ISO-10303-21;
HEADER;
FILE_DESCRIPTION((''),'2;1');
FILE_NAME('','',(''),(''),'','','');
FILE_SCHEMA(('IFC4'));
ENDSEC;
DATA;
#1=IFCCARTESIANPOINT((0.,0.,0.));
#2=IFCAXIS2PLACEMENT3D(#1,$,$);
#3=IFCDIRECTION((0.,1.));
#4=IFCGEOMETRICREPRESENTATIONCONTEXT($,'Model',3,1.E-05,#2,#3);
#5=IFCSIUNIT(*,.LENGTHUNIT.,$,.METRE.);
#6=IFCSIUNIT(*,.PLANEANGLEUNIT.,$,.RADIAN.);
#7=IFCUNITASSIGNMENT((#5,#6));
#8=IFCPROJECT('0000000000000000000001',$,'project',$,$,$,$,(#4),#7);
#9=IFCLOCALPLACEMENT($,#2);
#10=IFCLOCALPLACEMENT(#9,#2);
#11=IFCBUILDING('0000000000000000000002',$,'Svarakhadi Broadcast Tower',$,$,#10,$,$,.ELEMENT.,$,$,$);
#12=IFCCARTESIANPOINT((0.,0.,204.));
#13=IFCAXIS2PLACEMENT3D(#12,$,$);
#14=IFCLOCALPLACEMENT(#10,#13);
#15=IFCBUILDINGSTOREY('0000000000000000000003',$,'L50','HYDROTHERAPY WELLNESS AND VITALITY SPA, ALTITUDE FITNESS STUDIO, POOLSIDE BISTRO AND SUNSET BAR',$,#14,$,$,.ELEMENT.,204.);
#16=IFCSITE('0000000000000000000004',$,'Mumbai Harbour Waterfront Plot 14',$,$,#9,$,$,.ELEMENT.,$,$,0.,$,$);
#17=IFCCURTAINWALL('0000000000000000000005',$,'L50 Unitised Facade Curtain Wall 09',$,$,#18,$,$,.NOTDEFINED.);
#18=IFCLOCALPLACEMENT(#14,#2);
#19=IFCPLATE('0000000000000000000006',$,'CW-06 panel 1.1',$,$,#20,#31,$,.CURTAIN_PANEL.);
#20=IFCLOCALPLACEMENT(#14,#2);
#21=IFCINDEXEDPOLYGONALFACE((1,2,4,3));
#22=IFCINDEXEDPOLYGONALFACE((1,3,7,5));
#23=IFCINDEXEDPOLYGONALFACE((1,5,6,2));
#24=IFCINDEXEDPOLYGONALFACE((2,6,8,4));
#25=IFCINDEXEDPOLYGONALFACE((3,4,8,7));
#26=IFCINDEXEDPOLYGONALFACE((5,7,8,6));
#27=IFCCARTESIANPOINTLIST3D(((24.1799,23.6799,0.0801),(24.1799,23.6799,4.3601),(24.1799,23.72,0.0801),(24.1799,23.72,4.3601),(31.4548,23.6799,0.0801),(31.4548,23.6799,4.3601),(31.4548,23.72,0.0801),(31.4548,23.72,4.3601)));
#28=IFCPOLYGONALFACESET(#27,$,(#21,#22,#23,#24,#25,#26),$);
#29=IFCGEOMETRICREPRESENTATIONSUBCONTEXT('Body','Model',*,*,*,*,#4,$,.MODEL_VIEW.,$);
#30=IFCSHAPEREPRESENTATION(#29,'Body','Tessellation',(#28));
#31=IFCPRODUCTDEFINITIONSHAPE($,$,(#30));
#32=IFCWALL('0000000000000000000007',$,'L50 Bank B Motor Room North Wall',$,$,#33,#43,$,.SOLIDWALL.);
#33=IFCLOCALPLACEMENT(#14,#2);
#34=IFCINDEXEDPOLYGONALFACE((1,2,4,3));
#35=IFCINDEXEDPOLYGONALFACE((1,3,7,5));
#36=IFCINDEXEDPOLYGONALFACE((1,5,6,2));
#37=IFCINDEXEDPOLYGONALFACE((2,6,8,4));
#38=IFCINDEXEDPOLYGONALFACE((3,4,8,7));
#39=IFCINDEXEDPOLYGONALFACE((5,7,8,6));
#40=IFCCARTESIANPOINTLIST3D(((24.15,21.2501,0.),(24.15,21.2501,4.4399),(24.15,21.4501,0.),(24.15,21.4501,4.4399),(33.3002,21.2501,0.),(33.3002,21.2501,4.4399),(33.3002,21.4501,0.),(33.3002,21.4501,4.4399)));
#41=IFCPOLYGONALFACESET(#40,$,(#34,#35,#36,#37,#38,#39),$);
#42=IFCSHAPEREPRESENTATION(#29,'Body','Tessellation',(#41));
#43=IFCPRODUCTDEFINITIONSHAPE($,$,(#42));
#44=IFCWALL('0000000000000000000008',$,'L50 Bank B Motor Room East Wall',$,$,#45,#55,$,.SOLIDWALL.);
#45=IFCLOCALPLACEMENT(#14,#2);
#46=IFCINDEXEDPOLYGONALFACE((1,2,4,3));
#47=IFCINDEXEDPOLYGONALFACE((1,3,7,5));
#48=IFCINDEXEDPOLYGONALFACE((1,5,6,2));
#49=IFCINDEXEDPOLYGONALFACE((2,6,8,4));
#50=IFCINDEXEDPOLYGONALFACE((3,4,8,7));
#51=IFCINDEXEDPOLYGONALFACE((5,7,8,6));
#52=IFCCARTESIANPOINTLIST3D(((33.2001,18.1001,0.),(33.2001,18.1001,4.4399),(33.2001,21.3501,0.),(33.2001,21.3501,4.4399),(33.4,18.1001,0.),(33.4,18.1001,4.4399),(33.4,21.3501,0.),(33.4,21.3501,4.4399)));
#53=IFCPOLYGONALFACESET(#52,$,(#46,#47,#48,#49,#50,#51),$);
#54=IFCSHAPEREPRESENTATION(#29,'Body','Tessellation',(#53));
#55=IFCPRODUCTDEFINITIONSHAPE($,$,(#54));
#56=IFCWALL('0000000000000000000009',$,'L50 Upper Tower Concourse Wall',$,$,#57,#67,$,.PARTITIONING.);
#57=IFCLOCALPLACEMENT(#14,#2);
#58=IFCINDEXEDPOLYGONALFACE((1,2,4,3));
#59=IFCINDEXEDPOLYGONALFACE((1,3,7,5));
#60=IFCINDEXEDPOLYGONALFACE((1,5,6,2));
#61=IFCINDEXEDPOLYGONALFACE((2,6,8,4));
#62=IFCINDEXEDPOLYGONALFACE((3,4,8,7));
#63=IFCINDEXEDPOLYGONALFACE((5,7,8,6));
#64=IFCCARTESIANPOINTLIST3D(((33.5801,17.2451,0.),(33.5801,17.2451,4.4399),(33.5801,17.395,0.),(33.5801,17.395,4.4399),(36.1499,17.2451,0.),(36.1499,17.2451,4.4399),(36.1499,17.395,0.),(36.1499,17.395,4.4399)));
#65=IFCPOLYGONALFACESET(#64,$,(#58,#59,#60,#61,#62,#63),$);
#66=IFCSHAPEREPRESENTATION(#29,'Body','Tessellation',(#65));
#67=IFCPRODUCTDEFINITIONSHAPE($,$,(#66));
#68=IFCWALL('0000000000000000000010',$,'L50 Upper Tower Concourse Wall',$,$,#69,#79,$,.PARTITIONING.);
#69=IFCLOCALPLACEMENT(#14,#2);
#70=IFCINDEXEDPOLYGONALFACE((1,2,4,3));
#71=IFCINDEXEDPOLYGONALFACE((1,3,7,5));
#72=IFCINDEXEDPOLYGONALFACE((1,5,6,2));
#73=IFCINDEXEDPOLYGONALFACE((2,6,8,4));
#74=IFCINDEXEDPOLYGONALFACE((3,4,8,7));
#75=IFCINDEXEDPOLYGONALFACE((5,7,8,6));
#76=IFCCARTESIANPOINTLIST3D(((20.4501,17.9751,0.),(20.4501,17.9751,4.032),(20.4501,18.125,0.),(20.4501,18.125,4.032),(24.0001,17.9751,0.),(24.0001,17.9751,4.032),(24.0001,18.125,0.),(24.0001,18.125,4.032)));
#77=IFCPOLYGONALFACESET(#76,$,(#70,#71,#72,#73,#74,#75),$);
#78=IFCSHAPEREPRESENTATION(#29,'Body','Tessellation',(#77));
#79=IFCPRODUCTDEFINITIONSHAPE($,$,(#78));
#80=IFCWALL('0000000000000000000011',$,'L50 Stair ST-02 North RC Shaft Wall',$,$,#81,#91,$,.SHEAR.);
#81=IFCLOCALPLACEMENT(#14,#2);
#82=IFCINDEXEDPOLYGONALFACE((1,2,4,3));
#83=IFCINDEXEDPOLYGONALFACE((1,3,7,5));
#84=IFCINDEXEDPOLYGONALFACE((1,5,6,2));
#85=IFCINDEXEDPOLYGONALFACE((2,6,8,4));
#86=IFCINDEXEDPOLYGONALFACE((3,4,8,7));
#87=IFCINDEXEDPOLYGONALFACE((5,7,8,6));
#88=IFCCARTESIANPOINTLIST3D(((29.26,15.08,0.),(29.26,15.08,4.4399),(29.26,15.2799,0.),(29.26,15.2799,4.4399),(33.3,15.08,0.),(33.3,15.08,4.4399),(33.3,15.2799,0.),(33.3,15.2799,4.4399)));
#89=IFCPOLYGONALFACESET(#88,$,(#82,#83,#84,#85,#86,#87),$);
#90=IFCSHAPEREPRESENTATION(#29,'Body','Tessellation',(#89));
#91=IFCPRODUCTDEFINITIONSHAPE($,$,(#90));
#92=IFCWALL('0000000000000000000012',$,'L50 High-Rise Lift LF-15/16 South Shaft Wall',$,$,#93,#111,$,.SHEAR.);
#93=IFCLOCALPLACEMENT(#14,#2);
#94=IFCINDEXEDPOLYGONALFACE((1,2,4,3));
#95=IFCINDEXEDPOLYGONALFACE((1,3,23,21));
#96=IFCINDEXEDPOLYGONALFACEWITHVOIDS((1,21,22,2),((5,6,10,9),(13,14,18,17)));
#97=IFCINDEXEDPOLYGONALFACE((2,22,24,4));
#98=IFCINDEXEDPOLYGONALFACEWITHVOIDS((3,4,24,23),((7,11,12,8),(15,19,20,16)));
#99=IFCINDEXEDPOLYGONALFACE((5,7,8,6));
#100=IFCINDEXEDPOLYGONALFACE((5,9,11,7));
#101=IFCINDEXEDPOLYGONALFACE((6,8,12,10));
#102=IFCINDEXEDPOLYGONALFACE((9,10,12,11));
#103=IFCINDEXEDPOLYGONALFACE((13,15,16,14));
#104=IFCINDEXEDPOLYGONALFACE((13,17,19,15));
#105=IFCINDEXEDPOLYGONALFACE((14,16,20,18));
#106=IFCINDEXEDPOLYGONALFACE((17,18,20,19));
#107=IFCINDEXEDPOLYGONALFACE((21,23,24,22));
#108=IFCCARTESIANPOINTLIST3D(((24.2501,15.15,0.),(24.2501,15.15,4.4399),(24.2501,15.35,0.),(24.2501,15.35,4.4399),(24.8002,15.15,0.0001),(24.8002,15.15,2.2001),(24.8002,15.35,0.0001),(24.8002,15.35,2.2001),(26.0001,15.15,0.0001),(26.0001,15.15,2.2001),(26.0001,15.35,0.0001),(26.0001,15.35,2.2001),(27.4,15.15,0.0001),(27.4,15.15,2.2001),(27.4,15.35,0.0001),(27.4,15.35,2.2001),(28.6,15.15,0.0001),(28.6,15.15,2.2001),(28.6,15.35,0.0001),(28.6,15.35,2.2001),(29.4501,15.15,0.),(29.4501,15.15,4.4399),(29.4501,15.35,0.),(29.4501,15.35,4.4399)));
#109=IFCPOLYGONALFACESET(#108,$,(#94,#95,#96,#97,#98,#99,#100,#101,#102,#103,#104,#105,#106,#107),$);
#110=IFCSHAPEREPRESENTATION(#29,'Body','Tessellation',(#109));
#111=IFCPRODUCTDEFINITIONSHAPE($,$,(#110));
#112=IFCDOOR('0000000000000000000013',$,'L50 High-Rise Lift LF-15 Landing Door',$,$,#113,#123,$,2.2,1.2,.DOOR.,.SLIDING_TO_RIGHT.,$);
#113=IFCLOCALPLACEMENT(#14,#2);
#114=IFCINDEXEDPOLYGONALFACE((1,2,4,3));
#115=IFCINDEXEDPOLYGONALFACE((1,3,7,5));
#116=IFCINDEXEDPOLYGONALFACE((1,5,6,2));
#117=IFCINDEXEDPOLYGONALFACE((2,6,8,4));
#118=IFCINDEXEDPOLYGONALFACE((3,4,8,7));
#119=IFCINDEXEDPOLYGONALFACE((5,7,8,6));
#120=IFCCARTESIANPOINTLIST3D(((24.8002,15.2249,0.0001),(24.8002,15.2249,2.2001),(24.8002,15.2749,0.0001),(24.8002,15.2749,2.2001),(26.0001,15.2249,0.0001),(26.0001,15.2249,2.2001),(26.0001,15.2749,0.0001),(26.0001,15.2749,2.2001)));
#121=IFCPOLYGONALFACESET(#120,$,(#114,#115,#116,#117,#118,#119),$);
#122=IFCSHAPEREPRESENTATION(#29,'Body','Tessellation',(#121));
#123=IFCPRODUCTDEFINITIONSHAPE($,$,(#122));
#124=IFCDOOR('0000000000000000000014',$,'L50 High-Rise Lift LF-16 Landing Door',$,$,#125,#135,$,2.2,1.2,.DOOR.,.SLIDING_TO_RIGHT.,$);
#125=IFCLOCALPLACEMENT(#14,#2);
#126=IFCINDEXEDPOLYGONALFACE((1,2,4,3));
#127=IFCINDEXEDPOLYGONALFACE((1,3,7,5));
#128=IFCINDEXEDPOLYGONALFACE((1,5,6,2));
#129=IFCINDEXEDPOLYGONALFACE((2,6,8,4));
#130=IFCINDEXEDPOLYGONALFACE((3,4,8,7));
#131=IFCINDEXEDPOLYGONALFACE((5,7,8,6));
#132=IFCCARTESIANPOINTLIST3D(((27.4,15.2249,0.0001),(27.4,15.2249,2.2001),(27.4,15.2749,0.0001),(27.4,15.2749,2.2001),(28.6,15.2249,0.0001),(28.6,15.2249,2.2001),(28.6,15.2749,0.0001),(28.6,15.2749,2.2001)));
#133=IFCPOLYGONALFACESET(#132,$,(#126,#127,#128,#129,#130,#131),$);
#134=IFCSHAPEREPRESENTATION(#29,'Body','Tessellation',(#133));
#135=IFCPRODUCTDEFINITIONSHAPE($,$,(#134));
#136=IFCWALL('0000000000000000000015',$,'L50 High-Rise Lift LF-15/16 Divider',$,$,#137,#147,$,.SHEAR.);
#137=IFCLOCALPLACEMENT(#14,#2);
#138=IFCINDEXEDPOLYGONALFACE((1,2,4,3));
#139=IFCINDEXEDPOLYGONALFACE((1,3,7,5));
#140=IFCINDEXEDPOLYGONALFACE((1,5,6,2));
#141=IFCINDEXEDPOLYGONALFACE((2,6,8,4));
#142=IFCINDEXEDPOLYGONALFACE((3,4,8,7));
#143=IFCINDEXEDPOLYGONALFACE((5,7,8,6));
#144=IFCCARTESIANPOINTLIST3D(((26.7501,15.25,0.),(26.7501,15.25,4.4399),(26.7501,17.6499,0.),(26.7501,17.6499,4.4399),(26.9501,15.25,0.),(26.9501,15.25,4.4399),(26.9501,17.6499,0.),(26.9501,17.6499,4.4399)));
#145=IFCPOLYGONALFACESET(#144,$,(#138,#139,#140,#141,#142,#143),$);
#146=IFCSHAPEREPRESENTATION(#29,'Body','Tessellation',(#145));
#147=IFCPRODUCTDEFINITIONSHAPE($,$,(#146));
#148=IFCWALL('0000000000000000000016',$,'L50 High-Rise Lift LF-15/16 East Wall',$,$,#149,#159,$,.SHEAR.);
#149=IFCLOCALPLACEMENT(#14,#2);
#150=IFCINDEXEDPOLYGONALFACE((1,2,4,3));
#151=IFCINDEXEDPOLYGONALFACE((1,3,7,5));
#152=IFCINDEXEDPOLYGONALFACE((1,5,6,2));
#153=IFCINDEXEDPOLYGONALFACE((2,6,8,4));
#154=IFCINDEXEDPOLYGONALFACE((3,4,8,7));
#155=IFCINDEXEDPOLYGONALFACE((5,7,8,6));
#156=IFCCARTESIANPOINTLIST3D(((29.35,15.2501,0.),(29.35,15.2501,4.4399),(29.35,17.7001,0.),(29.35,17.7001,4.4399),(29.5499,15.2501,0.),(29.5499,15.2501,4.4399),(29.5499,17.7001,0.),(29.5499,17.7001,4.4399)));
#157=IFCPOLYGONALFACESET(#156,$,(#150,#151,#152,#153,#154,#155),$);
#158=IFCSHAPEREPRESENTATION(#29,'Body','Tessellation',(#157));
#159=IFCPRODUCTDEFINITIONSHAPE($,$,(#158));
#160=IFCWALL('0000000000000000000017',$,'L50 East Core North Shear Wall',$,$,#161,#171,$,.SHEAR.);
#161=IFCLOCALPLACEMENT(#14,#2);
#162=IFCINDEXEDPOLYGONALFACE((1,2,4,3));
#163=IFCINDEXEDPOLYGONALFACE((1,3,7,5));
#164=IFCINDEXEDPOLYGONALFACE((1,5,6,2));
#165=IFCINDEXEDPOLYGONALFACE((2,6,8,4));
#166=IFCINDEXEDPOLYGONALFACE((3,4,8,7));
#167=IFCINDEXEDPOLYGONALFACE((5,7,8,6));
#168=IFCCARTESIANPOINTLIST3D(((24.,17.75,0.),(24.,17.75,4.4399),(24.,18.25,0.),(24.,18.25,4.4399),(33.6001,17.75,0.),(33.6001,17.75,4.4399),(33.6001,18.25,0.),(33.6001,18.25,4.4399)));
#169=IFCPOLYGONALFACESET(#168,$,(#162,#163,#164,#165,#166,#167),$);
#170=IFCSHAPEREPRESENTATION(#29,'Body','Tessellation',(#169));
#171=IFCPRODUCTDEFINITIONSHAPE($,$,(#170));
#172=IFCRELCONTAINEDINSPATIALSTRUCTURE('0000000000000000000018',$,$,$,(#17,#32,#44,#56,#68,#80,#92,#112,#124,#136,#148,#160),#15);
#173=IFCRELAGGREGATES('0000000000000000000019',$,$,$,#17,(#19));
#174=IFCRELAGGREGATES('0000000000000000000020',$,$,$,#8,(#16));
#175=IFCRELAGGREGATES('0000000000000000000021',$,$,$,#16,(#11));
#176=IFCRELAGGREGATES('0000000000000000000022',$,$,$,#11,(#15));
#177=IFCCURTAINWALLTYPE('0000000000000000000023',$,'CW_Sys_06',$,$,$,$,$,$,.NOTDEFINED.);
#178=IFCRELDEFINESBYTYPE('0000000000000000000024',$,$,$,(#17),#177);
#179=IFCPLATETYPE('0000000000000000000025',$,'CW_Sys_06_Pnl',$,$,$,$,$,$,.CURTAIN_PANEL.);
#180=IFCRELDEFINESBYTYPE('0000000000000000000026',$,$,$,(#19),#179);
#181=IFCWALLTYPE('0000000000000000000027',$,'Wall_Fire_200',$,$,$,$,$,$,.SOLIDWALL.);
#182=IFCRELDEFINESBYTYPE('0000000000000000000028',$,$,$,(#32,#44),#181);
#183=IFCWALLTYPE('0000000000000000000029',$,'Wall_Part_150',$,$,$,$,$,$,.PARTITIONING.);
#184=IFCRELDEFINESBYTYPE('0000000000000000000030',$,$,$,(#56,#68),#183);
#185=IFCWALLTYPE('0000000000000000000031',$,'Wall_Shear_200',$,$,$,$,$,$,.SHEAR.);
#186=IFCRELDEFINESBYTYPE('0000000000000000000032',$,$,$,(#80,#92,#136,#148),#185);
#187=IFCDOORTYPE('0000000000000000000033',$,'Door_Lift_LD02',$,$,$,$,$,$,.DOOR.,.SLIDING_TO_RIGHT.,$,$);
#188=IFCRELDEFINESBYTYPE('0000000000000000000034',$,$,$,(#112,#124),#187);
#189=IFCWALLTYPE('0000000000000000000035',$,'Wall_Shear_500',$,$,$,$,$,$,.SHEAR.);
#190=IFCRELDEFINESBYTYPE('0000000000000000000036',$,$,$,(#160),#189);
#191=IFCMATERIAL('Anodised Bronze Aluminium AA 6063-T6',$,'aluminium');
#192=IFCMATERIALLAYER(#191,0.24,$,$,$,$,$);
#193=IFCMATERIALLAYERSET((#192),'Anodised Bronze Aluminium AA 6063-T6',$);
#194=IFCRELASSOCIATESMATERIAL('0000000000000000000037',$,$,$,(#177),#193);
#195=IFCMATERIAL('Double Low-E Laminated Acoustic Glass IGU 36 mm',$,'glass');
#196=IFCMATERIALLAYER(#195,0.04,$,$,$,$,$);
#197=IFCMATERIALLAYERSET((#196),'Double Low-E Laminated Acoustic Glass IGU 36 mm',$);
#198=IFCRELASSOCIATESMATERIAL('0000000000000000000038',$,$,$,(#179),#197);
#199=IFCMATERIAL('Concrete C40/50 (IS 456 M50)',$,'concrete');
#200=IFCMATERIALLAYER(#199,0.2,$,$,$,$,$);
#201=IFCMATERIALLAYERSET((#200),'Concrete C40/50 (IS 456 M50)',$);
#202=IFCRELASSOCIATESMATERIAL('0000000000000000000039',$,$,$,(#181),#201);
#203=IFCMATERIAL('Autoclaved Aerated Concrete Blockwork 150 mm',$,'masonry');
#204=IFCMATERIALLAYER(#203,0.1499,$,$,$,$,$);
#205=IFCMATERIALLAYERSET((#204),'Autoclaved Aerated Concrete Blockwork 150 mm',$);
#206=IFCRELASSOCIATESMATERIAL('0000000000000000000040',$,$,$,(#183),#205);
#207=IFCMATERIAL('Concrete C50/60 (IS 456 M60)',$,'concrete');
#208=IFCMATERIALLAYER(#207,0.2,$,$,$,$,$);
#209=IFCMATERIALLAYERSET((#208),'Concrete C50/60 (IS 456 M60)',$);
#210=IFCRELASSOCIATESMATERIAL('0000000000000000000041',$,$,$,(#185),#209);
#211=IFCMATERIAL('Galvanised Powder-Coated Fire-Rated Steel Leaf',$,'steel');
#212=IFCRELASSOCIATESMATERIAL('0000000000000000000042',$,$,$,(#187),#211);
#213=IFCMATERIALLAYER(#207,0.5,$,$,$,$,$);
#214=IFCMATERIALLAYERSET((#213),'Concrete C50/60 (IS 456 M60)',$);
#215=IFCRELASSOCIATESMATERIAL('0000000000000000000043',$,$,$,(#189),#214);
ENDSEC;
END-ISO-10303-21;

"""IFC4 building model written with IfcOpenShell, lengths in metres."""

from ifc_helpers import new_model, si_unit, direction, frame, frame_2d, origin, origin_2d, place, context, subcontext, project, spatial, rectangle, extrude, material, layer, layer_set, type_object, element, fill, aggregate, save


model = new_model("IFC4")

# Units and contexts
model_context = context("Model", 3, precision=1e-05, world=origin(), true_north=direction((0.0, 1.0)))
body_context = subcontext(model_context, "Body", "Model", "MODEL_VIEW")
ifc_project = project(units=[si_unit("LENGTHUNIT", "METRE"), si_unit("PLANEANGLEUNIT", "RADIAN")], contexts=[model_context])

# Site, building, storey
site_placement = place(None, origin())
site = spatial("IfcSite", under=ifc_project, at=site_placement, Name="Mumbai Harbour Waterfront Plot 14", CompositionType="ELEMENT", RefElevation=0.0)
building_placement = place(site_placement, origin())
building = spatial("IfcBuilding", under=site, at=building_placement, Name="Svarakhadi Broadcast Tower", CompositionType="ELEMENT")
storey_placement = place(building_placement, frame((0.0, 0.0, 204.0)))
storey = spatial("IfcBuildingStorey", under=building, at=storey_placement, Name="L50", Description="HYDROTHERAPY WELLNESS AND VITALITY SPA, ALTITUDE FITNESS STUDIO, POOLSIDE BISTRO AND SUNSET BAR", CompositionType="ELEMENT", Elevation=204.0)

# Shared definitions
ifc_material_1 = material(Name="Concrete C50/60 (IS 456 M60)", Category="concrete")

# Curtain wall
ifc_material_2 = material(Name="Anodised Bronze Aluminium AA 6063-T6", Category="aluminium")
ifc_layer_1 = layer(ifc_material_2, 0.24)
ifc_layer_set_1 = layer_set([ifc_layer_1], Name="Anodised Bronze Aluminium AA 6063-T6")
curtain_wall_type = type_object("IfcCurtainWallType", Name="CW_Sys_06", PredefinedType="NOTDEFINED", material=ifc_layer_set_1)
curtain_wall_placement = place(storey_placement, origin())
curtain_wall = element("IfcCurtainWall", 1, at=curtain_wall_placement, inside=storey, type_object=curtain_wall_type, Name="L50 Unitised Facade Curtain Wall 09", PredefinedType="NOTDEFINED")

# Plate
ifc_material_3 = material(Name="Double Low-E Laminated Acoustic Glass IGU 36 mm", Category="glass")
ifc_layer_2 = layer(ifc_material_3, 0.04)
ifc_layer_set_2 = layer_set([ifc_layer_2], Name="Double Low-E Laminated Acoustic Glass IGU 36 mm")
plate_type = type_object("IfcPlateType", Name="CW_Sys_06_Pnl", PredefinedType="CURTAIN_PANEL", material=ifc_layer_set_2)
plate_placement = place(storey_placement, frame((27.8174, 23.7, 0.0801), z_axis=(0.0, 0.0, 1.0), x_axis=(1.0, 0.0, 0.0)))
plate = element("IfcPlate", 2, at=plate_placement, type_object=plate_type, Name="CW-06 panel 1.1", PredefinedType="CURTAIN_PANEL", context=body_context, shape_type="SweptSolid", body=[
    extrude(rectangle(XDim=7.2749, YDim=0.04, at=origin_2d()), origin(), (0.0, 0.0, 1.0), 4.28),
])
aggregate(curtain_wall, [plate])

# Shared definitions
ifc_material_4 = material(Name="Concrete C40/50 (IS 456 M50)", Category="concrete")
ifc_layer_3 = layer(ifc_material_4, 0.2)
ifc_layer_set_3 = layer_set([ifc_layer_3], Name="Concrete C40/50 (IS 456 M50)")
wall_type_1 = type_object("IfcWallType", Name="Wall_Fire_200", PredefinedType="SOLIDWALL", material=ifc_layer_set_3)
ifc_material_5 = material(Name="Galvanised Powder-Coated Fire-Rated Steel Leaf", Category="steel")

# Walls
wall_1_placement = place(storey_placement, frame((24.1499, 21.3501, 0.0), z_axis=(0.0, 0.0, 1.0), x_axis=(1.0, 0.0, 0.0)))
element("IfcWall", 3, at=wall_1_placement, inside=storey, type_object=wall_type_1, Name="L50 Bank B Motor Room North Wall", PredefinedType="SOLIDWALL", context=body_context, shape_type="SweptSolid", body=[
    extrude(rectangle(XDim=9.1501, YDim=0.2, at=frame_2d((4.5752, 0.0))), origin(), (0.0, 0.0, 1.0), 4.4399),
])
wall_2_placement = place(storey_placement, frame((33.3, 18.1001, 0.0), z_axis=(0.0, 0.0, 1.0), x_axis=(0.0, 1.0, 0.0)))
element("IfcWall", 4, at=wall_2_placement, inside=storey, type_object=wall_type_1, Name="L50 Bank B Motor Room East Wall", PredefinedType="SOLIDWALL", context=body_context, shape_type="SweptSolid", body=[
    extrude(rectangle(XDim=3.25, YDim=0.2, at=frame_2d((1.625, 0.0))), origin(), (0.0, 0.0, 1.0), 4.4399),
])
ifc_material_6 = material(Name="Autoclaved Aerated Concrete Blockwork 150 mm", Category="masonry")
ifc_layer_4 = layer(ifc_material_6, 0.1499)
ifc_layer_set_4 = layer_set([ifc_layer_4], Name="Autoclaved Aerated Concrete Blockwork 150 mm")
wall_type_2 = type_object("IfcWallType", Name="Wall_Part_150", PredefinedType="PARTITIONING", material=ifc_layer_set_4)
wall_3_placement = place(storey_placement, frame((33.5801, 17.3201, 0.0), z_axis=(0.0, 0.0, 1.0), x_axis=(1.0, 0.0, 0.0)))
element("IfcWall", 5, at=wall_3_placement, inside=storey, type_object=wall_type_2, Name="L50 Upper Tower Concourse Wall", PredefinedType="PARTITIONING", context=body_context, shape_type="SweptSolid", body=[
    extrude(rectangle(XDim=2.5698, YDim=0.1499, at=frame_2d((1.2849, 0.0))), origin(), (0.0, 0.0, 1.0), 4.4399),
])
wall_4_placement = place(storey_placement, frame((24.0, 18.05, 0.0), z_axis=(0.0, 0.0, 1.0), x_axis=(-1.0, 0.0, 0.0)))
element("IfcWall", 6, at=wall_4_placement, inside=storey, type_object=wall_type_2, Name="L50 Upper Tower Concourse Wall", PredefinedType="PARTITIONING", context=body_context, shape_type="SweptSolid", body=[
    extrude(rectangle(XDim=3.55, YDim=0.1499, at=frame_2d((1.7749, 0.0))), origin(), (0.0, 0.0, 1.0), 4.032),
])
ifc_layer_5 = layer(ifc_material_1, 0.2)
ifc_layer_set_5 = layer_set([ifc_layer_5], Name="Concrete C50/60 (IS 456 M60)")
wall_type_3 = type_object("IfcWallType", Name="Wall_Shear_200", PredefinedType="SHEAR", material=ifc_layer_set_5)
wall_5_placement = place(storey_placement, frame((29.26, 15.1799, 0.0), z_axis=(0.0, 0.0, 1.0), x_axis=(1.0, 0.0, 0.0)))
element("IfcWall", 7, at=wall_5_placement, inside=storey, type_object=wall_type_3, Name="L50 Stair ST-02 North RC Shaft Wall", PredefinedType="SHEAR", context=body_context, shape_type="SweptSolid", body=[
    extrude(rectangle(XDim=4.04, YDim=0.2, at=frame_2d((2.02, 0.0))), origin(), (0.0, 0.0, 1.0), 4.4399),
])

# Wall, openings, doors
wall_6_placement = place(storey_placement, frame((24.25, 15.25, 0.0), z_axis=(0.0, 0.0, 1.0), x_axis=(1.0, 0.0, 0.0)))
wall_6 = element("IfcWall", 8, at=wall_6_placement, inside=storey, type_object=wall_type_3, Name="L50 High-Rise Lift LF-15/16 South Shaft Wall", PredefinedType="SHEAR", context=body_context, shape_type="SweptSolid", body=[
    extrude(rectangle(XDim=5.2, YDim=0.2, at=frame_2d((2.6001, 0.0))), origin(), (0.0, 0.0, 1.0), 4.4399),
])
opening_1_placement = place(wall_6_placement, frame((0.55, 0.0, 0.0)))
opening_1 = element("IfcOpeningElement", 9, at=opening_1_placement, cuts=wall_6, PredefinedType="OPENING", context=body_context, shape_type="SweptSolid", body=[
    extrude(rectangle(XDim=1.2, YDim=2.2, at=frame_2d((0.6001, 1.1001))), frame((0.0, 0.1099, 0.0), z_axis=(0.0, -1.0, 0.0), x_axis=(1.0, 0.0, 0.0)), (0.0, 0.0, 1.0), 0.22),
])
opening_2_placement = place(wall_6_placement, frame((3.1499, 0.0, 0.0)))
opening_2 = element("IfcOpeningElement", 10, at=opening_2_placement, cuts=wall_6, PredefinedType="OPENING", context=body_context, shape_type="SweptSolid", body=[
    extrude(rectangle(XDim=1.2, YDim=2.2, at=frame_2d((0.6001, 1.1001))), frame((0.0, 0.1099, 0.0), z_axis=(0.0, -1.0, 0.0), x_axis=(1.0, 0.0, 0.0)), (0.0, 0.0, 1.0), 0.22),
])
door_type_1 = type_object("IfcDoorType", Name="Door_Lift_LD02", OperationType="SLIDING_TO_RIGHT", PredefinedType="DOOR", material=ifc_material_5)
door_1_placement = place(opening_1_placement, origin())
door_1 = element("IfcDoor", 11, at=door_1_placement, inside=storey, type_object=door_type_1, Name="L50 High-Rise Lift LF-15 Landing Door", OperationType="SLIDING_TO_RIGHT", OverallHeight=2.2, OverallWidth=1.2, PredefinedType="DOOR", context=body_context, shape_type="SweptSolid", body=[
    extrude(rectangle(XDim=1.2, YDim=2.2, at=frame_2d((0.6001, 1.1001))), frame((0.0, 0.0249, 0.0), z_axis=(0.0, -1.0, 0.0), x_axis=(1.0, 0.0, 0.0)), (0.0, 0.0, 1.0), 0.05),
])
fill(opening_1, door_1)
door_2_placement = place(opening_2_placement, origin())
door_2 = element("IfcDoor", 12, at=door_2_placement, inside=storey, type_object=door_type_1, Name="L50 High-Rise Lift LF-16 Landing Door", OperationType="SLIDING_TO_RIGHT", OverallHeight=2.2, OverallWidth=1.2, PredefinedType="DOOR", context=body_context, shape_type="SweptSolid", body=[
    extrude(rectangle(XDim=1.2, YDim=2.2, at=frame_2d((0.6001, 1.1001))), frame((0.0, 0.0249, 0.0), z_axis=(0.0, -1.0, 0.0), x_axis=(1.0, 0.0, 0.0)), (0.0, 0.0, 1.0), 0.05),
])
fill(opening_2, door_2)

# Walls
wall_7_placement = place(storey_placement, frame((26.8501, 15.25, 0.0), z_axis=(0.0, 0.0, 1.0), x_axis=(0.0, 1.0, 0.0)))
element("IfcWall", 13, at=wall_7_placement, inside=storey, type_object=wall_type_3, Name="L50 High-Rise Lift LF-15/16 Divider", PredefinedType="SHEAR", context=body_context, shape_type="SweptSolid", body=[
    extrude(rectangle(XDim=2.3999, YDim=0.2, at=frame_2d((1.2, 0.0))), origin(), (0.0, 0.0, 1.0), 4.4399),
])
wall_8_placement = place(storey_placement, frame((29.45, 15.25, 0.0), z_axis=(0.0, 0.0, 1.0), x_axis=(0.0, 1.0, 0.0)))
element("IfcWall", 14, at=wall_8_placement, inside=storey, type_object=wall_type_3, Name="L50 High-Rise Lift LF-15/16 East Wall", PredefinedType="SHEAR", context=body_context, shape_type="SweptSolid", body=[
    extrude(rectangle(XDim=2.45, YDim=0.2, at=frame_2d((1.2251, 0.0))), origin(), (0.0, 0.0, 1.0), 4.4399),
])
ifc_layer_6 = layer(ifc_material_1, 0.5)
ifc_layer_set_6 = layer_set([ifc_layer_6], Name="Concrete C50/60 (IS 456 M60)")
wall_type_4 = type_object("IfcWallType", Name="Wall_Shear_500", PredefinedType="SHEAR", material=ifc_layer_set_6)
wall_9_placement = place(storey_placement, frame((24.0, 18.0, 0.0), z_axis=(0.0, 0.0, 1.0), x_axis=(1.0, 0.0, 0.0)))
element("IfcWall", 15, at=wall_9_placement, inside=storey, type_object=wall_type_4, Name="L50 East Core North Shear Wall", PredefinedType="SHEAR", context=body_context, shape_type="SweptSolid", body=[
    extrude(rectangle(XDim=9.6001, YDim=0.5, at=frame_2d((4.8, 0.0))), origin(), (0.0, 0.0, 1.0), 4.4399),
])

save(model, "model.ifc")
